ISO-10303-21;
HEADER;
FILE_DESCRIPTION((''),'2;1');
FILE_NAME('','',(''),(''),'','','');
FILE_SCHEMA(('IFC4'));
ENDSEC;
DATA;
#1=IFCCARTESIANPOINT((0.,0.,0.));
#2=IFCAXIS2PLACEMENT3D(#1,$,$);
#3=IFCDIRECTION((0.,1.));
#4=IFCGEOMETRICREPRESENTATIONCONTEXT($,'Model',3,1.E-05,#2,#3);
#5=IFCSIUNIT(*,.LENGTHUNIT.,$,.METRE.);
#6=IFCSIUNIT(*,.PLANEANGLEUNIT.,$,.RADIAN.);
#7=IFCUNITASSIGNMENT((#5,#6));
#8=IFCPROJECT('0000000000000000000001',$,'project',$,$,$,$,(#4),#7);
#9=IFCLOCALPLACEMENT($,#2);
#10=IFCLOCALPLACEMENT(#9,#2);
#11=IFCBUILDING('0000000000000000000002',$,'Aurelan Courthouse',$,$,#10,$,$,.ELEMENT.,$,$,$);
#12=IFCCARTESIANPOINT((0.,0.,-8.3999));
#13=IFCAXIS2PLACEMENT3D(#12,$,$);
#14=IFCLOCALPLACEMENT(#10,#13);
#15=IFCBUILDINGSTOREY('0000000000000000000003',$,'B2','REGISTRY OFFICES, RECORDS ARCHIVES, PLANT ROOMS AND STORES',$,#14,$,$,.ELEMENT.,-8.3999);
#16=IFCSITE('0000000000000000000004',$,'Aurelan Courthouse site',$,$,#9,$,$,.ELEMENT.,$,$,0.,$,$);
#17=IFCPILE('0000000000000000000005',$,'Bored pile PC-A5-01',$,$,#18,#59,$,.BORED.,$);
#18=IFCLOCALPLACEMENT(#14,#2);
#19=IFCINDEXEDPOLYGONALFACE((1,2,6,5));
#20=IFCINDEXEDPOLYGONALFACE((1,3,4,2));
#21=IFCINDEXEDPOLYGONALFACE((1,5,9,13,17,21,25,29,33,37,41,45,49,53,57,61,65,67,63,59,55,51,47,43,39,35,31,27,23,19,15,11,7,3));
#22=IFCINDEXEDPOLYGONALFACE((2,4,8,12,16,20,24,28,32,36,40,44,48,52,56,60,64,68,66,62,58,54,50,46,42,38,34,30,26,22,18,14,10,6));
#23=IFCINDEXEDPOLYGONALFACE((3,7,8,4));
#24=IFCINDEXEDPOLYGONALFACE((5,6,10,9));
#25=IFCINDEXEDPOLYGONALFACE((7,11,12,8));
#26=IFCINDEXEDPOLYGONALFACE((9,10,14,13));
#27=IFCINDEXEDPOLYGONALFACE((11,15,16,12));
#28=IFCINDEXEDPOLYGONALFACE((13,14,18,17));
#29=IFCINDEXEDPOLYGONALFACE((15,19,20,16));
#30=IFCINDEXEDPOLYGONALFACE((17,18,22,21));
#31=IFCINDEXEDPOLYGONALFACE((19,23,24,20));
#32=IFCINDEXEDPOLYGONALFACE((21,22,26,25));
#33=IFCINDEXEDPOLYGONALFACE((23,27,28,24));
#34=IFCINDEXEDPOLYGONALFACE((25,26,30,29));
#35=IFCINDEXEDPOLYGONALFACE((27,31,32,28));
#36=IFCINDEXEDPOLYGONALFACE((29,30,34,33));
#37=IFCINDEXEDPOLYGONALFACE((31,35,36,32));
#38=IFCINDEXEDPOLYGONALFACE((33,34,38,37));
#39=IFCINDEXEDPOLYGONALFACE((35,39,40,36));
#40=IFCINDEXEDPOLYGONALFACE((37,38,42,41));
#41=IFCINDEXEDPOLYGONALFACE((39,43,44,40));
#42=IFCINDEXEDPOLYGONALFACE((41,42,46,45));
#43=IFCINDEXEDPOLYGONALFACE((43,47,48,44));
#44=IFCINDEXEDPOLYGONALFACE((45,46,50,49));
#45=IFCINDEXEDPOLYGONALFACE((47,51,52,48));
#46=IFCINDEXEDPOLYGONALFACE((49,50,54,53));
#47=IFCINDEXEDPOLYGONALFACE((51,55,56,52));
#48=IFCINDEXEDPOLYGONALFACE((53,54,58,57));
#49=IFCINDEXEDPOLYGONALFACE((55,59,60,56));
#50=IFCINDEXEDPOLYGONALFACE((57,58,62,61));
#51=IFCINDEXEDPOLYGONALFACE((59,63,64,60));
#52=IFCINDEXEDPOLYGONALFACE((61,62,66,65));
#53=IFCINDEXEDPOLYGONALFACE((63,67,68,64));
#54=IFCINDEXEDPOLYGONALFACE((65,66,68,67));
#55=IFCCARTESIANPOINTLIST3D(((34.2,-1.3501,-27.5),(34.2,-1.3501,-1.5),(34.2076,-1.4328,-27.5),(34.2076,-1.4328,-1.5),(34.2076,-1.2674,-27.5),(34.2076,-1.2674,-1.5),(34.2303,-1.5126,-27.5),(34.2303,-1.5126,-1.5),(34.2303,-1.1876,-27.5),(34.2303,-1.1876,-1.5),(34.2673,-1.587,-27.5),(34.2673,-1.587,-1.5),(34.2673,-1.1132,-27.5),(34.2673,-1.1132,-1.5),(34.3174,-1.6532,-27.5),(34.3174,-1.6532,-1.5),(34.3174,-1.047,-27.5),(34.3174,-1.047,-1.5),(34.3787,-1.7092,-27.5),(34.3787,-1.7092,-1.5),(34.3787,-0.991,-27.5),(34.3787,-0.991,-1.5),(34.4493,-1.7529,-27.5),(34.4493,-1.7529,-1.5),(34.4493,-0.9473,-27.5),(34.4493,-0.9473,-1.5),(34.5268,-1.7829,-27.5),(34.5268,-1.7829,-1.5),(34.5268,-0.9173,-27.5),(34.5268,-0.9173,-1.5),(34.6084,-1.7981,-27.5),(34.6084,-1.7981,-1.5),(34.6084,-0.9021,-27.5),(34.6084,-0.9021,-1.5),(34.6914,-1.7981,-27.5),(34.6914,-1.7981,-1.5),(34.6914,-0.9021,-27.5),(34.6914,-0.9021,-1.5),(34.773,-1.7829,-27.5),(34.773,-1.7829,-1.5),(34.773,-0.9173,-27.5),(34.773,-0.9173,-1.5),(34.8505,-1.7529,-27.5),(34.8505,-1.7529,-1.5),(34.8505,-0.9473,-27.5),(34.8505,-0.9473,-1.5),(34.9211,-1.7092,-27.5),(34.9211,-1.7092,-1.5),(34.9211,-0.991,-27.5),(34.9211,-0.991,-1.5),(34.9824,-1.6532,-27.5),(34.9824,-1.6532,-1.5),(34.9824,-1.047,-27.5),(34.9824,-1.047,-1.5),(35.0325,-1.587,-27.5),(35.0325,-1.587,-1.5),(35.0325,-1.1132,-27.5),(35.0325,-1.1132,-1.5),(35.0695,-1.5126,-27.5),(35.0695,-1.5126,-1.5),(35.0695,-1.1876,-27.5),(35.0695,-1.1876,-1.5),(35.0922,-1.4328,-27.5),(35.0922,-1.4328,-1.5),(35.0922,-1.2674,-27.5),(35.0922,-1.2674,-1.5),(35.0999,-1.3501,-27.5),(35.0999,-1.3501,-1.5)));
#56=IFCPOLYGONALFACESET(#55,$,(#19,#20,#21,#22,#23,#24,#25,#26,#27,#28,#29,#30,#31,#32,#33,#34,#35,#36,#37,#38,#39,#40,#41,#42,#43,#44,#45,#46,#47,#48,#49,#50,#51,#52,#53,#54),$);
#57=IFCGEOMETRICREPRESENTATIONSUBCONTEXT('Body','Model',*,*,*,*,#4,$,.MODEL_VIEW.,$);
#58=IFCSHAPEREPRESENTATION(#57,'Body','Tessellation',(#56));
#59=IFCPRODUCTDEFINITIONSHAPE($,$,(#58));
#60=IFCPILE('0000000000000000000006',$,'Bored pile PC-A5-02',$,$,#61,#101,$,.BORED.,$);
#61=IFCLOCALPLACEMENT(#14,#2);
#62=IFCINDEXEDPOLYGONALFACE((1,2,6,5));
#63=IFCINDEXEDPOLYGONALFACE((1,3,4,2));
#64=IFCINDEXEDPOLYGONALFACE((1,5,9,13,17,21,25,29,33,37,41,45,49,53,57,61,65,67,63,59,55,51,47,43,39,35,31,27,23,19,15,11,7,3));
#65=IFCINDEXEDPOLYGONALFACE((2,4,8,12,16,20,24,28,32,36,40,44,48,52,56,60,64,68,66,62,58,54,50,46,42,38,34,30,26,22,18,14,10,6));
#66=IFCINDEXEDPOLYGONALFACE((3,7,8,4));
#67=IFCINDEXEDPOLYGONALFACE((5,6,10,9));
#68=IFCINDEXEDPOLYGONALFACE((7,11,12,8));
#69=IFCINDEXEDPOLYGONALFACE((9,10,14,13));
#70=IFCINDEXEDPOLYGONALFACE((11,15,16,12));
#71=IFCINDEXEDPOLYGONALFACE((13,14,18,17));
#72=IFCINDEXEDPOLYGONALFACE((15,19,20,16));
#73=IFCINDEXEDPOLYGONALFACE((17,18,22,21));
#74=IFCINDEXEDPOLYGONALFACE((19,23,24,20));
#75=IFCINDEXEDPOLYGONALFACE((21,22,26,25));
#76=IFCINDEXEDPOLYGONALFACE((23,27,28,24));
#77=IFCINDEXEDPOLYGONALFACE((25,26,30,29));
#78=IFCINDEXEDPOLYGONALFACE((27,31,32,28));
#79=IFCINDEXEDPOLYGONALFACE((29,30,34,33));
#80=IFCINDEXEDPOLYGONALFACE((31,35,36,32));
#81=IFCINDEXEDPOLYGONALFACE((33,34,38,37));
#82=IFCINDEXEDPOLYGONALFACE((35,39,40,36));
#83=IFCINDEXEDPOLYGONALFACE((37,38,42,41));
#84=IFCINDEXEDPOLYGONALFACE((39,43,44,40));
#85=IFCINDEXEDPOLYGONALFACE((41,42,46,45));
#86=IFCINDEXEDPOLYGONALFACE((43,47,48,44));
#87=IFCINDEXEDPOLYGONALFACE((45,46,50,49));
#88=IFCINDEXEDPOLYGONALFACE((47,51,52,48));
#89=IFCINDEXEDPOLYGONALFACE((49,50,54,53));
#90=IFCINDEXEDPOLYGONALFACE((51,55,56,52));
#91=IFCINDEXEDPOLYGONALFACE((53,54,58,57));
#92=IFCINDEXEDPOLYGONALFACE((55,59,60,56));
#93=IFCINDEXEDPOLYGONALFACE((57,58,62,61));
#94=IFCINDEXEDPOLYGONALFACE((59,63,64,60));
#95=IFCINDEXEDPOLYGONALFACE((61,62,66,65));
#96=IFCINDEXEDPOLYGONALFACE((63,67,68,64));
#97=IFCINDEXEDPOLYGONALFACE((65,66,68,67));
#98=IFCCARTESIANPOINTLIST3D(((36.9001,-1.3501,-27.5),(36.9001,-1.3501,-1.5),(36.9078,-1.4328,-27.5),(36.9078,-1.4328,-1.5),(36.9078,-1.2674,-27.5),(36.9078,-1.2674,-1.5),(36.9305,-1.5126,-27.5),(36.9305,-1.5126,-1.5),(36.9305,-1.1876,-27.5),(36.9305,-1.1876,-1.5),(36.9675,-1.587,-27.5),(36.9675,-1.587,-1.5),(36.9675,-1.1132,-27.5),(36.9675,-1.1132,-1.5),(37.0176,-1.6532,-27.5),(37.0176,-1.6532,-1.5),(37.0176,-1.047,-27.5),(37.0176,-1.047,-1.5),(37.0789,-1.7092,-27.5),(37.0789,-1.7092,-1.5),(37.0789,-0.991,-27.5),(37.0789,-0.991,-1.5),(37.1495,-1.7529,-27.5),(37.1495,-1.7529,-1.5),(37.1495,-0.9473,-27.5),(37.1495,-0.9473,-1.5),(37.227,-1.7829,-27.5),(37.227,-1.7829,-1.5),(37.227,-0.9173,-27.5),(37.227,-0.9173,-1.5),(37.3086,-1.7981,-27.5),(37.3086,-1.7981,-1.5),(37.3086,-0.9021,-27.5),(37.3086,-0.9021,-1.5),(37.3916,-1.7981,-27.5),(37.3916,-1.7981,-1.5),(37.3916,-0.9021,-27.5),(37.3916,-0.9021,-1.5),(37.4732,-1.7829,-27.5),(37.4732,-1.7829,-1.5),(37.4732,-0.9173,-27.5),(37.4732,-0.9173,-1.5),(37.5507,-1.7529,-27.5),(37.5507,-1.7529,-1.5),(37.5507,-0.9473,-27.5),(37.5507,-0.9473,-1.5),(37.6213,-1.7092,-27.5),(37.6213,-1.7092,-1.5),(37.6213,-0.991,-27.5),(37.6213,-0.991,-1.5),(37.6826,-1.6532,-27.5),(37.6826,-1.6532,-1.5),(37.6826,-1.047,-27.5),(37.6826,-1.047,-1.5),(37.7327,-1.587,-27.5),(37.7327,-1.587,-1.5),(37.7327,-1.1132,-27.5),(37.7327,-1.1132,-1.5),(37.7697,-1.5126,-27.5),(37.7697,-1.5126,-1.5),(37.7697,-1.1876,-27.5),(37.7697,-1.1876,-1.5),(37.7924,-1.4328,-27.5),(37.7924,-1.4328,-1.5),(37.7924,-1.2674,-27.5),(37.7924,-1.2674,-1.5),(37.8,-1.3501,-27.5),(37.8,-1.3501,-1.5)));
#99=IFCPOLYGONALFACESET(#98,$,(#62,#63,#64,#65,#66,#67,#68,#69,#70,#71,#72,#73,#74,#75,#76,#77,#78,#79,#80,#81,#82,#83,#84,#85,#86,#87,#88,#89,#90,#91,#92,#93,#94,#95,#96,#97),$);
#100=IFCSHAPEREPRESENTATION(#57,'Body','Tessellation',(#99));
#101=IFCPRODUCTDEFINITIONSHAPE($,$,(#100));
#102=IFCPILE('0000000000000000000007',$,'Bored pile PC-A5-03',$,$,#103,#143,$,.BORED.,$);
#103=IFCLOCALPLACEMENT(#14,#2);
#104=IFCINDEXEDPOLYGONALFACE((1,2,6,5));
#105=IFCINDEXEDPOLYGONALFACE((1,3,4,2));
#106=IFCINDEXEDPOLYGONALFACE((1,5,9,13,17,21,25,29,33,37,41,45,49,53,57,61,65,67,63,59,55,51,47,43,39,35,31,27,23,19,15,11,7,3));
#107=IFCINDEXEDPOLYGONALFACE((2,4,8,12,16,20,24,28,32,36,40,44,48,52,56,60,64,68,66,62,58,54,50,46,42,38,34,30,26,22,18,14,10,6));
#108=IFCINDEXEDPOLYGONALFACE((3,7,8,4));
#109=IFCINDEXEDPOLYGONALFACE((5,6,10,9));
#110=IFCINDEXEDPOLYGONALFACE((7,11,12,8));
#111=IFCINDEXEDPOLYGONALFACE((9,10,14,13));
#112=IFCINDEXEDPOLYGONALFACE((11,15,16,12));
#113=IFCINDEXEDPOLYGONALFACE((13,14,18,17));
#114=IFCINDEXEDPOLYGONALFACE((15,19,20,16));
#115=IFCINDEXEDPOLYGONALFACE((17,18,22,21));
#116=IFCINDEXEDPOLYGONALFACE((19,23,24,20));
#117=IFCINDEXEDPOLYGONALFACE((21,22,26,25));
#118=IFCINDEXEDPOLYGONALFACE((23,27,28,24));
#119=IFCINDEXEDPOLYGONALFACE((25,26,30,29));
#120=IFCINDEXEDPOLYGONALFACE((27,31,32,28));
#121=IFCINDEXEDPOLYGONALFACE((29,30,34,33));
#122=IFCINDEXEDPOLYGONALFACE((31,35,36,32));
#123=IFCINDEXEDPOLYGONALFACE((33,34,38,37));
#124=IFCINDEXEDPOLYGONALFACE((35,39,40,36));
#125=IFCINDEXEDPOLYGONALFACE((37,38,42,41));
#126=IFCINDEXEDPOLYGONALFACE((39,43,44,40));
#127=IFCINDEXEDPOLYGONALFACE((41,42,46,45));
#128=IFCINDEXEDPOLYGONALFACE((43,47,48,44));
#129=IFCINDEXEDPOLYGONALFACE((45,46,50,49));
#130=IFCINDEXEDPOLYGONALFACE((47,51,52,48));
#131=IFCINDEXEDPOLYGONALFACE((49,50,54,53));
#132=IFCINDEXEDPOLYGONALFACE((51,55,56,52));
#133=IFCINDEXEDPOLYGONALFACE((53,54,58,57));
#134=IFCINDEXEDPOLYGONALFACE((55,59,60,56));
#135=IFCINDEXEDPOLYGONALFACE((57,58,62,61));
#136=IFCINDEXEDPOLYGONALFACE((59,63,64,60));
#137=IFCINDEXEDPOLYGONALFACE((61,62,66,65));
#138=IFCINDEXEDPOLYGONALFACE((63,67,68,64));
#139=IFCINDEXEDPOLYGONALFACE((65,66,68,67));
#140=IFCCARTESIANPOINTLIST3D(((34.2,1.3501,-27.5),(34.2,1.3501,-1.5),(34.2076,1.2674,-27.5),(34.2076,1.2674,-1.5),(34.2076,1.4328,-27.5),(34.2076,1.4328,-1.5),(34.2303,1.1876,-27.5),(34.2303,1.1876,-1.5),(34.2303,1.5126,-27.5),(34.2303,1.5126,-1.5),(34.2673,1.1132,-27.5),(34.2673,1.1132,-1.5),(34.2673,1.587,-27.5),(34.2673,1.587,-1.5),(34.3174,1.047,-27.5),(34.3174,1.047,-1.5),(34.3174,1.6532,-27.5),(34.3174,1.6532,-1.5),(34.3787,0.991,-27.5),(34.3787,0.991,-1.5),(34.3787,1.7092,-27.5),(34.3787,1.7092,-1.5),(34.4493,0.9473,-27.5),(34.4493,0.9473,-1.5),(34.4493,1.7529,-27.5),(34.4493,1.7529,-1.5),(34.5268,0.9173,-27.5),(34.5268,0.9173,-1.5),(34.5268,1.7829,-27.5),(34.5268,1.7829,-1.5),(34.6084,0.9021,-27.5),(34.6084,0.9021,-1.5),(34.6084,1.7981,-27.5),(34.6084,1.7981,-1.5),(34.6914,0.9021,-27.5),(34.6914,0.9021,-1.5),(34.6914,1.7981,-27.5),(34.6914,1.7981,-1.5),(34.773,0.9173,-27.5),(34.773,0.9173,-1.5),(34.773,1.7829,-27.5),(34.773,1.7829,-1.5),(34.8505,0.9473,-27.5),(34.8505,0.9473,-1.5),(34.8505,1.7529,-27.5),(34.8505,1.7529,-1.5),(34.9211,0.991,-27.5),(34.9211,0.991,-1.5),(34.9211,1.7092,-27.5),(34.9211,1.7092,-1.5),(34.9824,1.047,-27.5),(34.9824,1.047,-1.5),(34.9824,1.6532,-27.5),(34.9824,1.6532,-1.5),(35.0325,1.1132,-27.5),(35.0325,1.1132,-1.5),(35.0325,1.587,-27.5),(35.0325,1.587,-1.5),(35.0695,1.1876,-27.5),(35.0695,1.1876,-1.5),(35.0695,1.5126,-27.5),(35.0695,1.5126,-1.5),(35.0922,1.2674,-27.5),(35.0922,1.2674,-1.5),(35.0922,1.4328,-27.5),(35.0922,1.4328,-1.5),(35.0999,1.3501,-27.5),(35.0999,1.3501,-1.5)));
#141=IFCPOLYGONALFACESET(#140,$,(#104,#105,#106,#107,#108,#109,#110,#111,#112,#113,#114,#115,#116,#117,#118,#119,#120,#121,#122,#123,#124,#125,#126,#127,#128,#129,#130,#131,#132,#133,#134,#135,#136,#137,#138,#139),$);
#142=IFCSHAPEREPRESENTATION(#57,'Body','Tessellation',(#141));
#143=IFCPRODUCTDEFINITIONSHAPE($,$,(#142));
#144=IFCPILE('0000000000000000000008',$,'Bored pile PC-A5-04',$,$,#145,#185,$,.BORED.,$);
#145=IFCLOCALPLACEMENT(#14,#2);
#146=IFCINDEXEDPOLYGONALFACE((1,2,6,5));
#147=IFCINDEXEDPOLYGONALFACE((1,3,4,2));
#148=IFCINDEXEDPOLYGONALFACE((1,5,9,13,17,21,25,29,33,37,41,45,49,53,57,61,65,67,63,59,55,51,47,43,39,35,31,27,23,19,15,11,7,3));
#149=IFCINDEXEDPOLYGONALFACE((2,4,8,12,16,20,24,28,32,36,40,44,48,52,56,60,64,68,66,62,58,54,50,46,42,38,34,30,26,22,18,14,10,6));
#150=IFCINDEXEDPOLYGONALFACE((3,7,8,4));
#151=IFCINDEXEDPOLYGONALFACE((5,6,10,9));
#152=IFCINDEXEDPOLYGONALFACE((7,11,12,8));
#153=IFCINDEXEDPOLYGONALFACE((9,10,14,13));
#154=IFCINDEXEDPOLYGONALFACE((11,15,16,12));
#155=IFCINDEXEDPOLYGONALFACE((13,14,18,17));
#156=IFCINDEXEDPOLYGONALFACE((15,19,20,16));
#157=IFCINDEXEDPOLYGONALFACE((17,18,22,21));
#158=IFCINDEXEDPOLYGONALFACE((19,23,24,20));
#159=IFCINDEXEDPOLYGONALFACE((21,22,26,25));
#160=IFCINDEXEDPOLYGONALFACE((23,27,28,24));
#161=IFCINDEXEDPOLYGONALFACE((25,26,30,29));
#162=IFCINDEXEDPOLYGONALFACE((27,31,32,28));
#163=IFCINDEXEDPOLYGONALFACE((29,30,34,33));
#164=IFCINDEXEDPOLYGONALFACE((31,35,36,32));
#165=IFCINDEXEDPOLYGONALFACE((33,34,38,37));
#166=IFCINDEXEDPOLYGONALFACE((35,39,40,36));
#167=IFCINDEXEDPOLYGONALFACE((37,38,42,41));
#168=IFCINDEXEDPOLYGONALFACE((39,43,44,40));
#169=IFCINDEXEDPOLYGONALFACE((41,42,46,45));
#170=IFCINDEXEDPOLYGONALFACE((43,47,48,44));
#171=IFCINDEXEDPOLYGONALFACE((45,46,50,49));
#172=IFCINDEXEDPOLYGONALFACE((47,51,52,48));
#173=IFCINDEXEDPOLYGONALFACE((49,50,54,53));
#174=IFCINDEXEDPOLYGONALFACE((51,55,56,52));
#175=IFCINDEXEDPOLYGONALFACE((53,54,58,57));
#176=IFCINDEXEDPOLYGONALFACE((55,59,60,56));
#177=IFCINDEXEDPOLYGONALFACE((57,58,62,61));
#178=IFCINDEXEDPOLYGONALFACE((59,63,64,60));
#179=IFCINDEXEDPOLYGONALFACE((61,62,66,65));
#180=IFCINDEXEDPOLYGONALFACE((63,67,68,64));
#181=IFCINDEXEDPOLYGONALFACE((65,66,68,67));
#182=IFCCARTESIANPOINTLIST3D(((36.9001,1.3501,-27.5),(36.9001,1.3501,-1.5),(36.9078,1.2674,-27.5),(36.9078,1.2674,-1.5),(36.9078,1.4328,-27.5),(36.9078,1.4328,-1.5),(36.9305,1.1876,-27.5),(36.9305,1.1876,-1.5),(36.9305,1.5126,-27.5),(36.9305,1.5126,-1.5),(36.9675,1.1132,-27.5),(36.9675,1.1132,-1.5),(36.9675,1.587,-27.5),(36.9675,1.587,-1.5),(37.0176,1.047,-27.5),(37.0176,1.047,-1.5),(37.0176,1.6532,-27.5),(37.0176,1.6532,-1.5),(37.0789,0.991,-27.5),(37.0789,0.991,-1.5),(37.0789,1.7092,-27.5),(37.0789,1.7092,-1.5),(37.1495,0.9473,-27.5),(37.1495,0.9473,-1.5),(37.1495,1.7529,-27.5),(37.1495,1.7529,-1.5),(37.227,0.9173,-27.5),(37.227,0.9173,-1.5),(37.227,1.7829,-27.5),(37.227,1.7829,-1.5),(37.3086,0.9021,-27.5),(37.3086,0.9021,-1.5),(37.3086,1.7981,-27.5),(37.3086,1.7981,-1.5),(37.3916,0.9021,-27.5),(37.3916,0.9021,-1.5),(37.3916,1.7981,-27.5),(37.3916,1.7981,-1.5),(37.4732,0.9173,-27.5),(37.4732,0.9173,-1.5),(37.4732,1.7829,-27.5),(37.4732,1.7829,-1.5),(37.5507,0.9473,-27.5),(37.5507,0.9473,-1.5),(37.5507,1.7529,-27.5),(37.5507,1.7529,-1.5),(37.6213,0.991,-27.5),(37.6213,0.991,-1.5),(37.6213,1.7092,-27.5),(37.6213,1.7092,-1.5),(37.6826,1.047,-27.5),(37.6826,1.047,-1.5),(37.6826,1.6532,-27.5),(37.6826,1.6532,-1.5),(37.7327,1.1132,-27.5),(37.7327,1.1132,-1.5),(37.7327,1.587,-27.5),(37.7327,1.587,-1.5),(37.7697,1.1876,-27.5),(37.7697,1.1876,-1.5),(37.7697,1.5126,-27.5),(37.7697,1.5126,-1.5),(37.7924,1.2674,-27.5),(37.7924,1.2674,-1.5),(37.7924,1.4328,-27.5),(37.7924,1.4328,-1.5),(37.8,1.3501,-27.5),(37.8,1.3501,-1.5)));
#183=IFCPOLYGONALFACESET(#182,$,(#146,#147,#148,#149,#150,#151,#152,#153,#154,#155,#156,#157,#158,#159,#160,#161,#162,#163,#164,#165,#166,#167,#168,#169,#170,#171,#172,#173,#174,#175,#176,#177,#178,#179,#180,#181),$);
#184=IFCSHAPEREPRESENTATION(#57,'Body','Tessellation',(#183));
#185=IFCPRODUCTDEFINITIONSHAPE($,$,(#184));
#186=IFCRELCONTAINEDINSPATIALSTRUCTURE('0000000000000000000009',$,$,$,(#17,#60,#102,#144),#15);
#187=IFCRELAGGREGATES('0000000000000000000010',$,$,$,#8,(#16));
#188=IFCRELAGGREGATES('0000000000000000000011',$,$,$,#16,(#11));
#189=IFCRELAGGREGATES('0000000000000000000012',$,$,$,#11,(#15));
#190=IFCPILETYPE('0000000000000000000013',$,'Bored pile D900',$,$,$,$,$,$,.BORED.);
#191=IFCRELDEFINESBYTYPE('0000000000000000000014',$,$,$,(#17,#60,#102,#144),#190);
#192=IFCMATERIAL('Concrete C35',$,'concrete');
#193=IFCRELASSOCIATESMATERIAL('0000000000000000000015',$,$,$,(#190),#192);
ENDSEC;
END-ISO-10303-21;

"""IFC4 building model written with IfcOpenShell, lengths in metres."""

from ifc_helpers import new_model, si_unit, direction, frame, origin, origin_2d, place, context, subcontext, project, spatial, circle, extrude, material, material_profile, profile_set, type_object, element, save


model = new_model("IFC4")

# Units and contexts
model_context = context("Model", 3, precision=1e-05, world=origin(), true_north=direction((0.0, 1.0)))
body_context = subcontext(model_context, "Body", "Model", "MODEL_VIEW")
ifc_project = project(units=[si_unit("LENGTHUNIT", "METRE"), si_unit("PLANEANGLEUNIT", "RADIAN")], contexts=[model_context])

# Site, building, storey
site_placement = place(None, origin())
site = spatial("IfcSite", under=ifc_project, at=site_placement, Name="Aurelan Courthouse site", CompositionType="ELEMENT", RefElevation=0.0)
building_placement = place(site_placement, origin())
building = spatial("IfcBuilding", under=site, at=building_placement, Name="Aurelan Courthouse", CompositionType="ELEMENT")
storey_placement = place(building_placement, frame((0.0, 0.0, -8.3999)))
storey = spatial("IfcBuildingStorey", under=building, at=storey_placement, Name="B2", Description="REGISTRY OFFICES, RECORDS ARCHIVES, PLANT ROOMS AND STORES", CompositionType="ELEMENT", Elevation=-8.3999)

# Piles
ifc_material_1 = material(Name="Concrete C35", Category="concrete")
ifc_material_profile_1 = material_profile(ifc_material_1, circle(Radius=0.45, at=origin_2d()), Name="D900")
ifc_profile_set_1 = profile_set([ifc_material_profile_1], Name="Concrete C35")
pile_type_1 = type_object("IfcPileType", Name="Bored pile D900", PredefinedType="BORED", material=ifc_profile_set_1)
for number, where, z_axis, x_axis, name in (
    (1, (34.6499, -1.3501, -1.5), (0.0, 0.0, -1.0), (1.0, 0.0, 0.0), "Bored pile PC-A5-01"),
    (2, (37.3501, -1.3501, -1.5), (0.0, 0.0, -1.0), (1.0, 0.0, 0.0), "Bored pile PC-A5-02"),
    (3, (34.6499, 1.3501, -1.5), (0.0, 0.0, -1.0), (1.0, 0.0, 0.0), "Bored pile PC-A5-03"),
    (4, (37.3501, 1.3501, -1.5), (0.0, 0.0, -1.0), (1.0, 0.0, 0.0), "Bored pile PC-A5-04"),
):
    element("IfcPile", number, at=place(storey_placement, frame(where, z_axis=z_axis, x_axis=x_axis)), inside=storey, type_object=pile_type_1, Name=name, PredefinedType="BORED", context=body_context, shape_type="SweptSolid", body=[
        extrude(circle(Radius=0.45, at=origin_2d()), origin(), (0.0, 0.0, 1.0), 26.0),
    ])

save(model, "model.ifc")
